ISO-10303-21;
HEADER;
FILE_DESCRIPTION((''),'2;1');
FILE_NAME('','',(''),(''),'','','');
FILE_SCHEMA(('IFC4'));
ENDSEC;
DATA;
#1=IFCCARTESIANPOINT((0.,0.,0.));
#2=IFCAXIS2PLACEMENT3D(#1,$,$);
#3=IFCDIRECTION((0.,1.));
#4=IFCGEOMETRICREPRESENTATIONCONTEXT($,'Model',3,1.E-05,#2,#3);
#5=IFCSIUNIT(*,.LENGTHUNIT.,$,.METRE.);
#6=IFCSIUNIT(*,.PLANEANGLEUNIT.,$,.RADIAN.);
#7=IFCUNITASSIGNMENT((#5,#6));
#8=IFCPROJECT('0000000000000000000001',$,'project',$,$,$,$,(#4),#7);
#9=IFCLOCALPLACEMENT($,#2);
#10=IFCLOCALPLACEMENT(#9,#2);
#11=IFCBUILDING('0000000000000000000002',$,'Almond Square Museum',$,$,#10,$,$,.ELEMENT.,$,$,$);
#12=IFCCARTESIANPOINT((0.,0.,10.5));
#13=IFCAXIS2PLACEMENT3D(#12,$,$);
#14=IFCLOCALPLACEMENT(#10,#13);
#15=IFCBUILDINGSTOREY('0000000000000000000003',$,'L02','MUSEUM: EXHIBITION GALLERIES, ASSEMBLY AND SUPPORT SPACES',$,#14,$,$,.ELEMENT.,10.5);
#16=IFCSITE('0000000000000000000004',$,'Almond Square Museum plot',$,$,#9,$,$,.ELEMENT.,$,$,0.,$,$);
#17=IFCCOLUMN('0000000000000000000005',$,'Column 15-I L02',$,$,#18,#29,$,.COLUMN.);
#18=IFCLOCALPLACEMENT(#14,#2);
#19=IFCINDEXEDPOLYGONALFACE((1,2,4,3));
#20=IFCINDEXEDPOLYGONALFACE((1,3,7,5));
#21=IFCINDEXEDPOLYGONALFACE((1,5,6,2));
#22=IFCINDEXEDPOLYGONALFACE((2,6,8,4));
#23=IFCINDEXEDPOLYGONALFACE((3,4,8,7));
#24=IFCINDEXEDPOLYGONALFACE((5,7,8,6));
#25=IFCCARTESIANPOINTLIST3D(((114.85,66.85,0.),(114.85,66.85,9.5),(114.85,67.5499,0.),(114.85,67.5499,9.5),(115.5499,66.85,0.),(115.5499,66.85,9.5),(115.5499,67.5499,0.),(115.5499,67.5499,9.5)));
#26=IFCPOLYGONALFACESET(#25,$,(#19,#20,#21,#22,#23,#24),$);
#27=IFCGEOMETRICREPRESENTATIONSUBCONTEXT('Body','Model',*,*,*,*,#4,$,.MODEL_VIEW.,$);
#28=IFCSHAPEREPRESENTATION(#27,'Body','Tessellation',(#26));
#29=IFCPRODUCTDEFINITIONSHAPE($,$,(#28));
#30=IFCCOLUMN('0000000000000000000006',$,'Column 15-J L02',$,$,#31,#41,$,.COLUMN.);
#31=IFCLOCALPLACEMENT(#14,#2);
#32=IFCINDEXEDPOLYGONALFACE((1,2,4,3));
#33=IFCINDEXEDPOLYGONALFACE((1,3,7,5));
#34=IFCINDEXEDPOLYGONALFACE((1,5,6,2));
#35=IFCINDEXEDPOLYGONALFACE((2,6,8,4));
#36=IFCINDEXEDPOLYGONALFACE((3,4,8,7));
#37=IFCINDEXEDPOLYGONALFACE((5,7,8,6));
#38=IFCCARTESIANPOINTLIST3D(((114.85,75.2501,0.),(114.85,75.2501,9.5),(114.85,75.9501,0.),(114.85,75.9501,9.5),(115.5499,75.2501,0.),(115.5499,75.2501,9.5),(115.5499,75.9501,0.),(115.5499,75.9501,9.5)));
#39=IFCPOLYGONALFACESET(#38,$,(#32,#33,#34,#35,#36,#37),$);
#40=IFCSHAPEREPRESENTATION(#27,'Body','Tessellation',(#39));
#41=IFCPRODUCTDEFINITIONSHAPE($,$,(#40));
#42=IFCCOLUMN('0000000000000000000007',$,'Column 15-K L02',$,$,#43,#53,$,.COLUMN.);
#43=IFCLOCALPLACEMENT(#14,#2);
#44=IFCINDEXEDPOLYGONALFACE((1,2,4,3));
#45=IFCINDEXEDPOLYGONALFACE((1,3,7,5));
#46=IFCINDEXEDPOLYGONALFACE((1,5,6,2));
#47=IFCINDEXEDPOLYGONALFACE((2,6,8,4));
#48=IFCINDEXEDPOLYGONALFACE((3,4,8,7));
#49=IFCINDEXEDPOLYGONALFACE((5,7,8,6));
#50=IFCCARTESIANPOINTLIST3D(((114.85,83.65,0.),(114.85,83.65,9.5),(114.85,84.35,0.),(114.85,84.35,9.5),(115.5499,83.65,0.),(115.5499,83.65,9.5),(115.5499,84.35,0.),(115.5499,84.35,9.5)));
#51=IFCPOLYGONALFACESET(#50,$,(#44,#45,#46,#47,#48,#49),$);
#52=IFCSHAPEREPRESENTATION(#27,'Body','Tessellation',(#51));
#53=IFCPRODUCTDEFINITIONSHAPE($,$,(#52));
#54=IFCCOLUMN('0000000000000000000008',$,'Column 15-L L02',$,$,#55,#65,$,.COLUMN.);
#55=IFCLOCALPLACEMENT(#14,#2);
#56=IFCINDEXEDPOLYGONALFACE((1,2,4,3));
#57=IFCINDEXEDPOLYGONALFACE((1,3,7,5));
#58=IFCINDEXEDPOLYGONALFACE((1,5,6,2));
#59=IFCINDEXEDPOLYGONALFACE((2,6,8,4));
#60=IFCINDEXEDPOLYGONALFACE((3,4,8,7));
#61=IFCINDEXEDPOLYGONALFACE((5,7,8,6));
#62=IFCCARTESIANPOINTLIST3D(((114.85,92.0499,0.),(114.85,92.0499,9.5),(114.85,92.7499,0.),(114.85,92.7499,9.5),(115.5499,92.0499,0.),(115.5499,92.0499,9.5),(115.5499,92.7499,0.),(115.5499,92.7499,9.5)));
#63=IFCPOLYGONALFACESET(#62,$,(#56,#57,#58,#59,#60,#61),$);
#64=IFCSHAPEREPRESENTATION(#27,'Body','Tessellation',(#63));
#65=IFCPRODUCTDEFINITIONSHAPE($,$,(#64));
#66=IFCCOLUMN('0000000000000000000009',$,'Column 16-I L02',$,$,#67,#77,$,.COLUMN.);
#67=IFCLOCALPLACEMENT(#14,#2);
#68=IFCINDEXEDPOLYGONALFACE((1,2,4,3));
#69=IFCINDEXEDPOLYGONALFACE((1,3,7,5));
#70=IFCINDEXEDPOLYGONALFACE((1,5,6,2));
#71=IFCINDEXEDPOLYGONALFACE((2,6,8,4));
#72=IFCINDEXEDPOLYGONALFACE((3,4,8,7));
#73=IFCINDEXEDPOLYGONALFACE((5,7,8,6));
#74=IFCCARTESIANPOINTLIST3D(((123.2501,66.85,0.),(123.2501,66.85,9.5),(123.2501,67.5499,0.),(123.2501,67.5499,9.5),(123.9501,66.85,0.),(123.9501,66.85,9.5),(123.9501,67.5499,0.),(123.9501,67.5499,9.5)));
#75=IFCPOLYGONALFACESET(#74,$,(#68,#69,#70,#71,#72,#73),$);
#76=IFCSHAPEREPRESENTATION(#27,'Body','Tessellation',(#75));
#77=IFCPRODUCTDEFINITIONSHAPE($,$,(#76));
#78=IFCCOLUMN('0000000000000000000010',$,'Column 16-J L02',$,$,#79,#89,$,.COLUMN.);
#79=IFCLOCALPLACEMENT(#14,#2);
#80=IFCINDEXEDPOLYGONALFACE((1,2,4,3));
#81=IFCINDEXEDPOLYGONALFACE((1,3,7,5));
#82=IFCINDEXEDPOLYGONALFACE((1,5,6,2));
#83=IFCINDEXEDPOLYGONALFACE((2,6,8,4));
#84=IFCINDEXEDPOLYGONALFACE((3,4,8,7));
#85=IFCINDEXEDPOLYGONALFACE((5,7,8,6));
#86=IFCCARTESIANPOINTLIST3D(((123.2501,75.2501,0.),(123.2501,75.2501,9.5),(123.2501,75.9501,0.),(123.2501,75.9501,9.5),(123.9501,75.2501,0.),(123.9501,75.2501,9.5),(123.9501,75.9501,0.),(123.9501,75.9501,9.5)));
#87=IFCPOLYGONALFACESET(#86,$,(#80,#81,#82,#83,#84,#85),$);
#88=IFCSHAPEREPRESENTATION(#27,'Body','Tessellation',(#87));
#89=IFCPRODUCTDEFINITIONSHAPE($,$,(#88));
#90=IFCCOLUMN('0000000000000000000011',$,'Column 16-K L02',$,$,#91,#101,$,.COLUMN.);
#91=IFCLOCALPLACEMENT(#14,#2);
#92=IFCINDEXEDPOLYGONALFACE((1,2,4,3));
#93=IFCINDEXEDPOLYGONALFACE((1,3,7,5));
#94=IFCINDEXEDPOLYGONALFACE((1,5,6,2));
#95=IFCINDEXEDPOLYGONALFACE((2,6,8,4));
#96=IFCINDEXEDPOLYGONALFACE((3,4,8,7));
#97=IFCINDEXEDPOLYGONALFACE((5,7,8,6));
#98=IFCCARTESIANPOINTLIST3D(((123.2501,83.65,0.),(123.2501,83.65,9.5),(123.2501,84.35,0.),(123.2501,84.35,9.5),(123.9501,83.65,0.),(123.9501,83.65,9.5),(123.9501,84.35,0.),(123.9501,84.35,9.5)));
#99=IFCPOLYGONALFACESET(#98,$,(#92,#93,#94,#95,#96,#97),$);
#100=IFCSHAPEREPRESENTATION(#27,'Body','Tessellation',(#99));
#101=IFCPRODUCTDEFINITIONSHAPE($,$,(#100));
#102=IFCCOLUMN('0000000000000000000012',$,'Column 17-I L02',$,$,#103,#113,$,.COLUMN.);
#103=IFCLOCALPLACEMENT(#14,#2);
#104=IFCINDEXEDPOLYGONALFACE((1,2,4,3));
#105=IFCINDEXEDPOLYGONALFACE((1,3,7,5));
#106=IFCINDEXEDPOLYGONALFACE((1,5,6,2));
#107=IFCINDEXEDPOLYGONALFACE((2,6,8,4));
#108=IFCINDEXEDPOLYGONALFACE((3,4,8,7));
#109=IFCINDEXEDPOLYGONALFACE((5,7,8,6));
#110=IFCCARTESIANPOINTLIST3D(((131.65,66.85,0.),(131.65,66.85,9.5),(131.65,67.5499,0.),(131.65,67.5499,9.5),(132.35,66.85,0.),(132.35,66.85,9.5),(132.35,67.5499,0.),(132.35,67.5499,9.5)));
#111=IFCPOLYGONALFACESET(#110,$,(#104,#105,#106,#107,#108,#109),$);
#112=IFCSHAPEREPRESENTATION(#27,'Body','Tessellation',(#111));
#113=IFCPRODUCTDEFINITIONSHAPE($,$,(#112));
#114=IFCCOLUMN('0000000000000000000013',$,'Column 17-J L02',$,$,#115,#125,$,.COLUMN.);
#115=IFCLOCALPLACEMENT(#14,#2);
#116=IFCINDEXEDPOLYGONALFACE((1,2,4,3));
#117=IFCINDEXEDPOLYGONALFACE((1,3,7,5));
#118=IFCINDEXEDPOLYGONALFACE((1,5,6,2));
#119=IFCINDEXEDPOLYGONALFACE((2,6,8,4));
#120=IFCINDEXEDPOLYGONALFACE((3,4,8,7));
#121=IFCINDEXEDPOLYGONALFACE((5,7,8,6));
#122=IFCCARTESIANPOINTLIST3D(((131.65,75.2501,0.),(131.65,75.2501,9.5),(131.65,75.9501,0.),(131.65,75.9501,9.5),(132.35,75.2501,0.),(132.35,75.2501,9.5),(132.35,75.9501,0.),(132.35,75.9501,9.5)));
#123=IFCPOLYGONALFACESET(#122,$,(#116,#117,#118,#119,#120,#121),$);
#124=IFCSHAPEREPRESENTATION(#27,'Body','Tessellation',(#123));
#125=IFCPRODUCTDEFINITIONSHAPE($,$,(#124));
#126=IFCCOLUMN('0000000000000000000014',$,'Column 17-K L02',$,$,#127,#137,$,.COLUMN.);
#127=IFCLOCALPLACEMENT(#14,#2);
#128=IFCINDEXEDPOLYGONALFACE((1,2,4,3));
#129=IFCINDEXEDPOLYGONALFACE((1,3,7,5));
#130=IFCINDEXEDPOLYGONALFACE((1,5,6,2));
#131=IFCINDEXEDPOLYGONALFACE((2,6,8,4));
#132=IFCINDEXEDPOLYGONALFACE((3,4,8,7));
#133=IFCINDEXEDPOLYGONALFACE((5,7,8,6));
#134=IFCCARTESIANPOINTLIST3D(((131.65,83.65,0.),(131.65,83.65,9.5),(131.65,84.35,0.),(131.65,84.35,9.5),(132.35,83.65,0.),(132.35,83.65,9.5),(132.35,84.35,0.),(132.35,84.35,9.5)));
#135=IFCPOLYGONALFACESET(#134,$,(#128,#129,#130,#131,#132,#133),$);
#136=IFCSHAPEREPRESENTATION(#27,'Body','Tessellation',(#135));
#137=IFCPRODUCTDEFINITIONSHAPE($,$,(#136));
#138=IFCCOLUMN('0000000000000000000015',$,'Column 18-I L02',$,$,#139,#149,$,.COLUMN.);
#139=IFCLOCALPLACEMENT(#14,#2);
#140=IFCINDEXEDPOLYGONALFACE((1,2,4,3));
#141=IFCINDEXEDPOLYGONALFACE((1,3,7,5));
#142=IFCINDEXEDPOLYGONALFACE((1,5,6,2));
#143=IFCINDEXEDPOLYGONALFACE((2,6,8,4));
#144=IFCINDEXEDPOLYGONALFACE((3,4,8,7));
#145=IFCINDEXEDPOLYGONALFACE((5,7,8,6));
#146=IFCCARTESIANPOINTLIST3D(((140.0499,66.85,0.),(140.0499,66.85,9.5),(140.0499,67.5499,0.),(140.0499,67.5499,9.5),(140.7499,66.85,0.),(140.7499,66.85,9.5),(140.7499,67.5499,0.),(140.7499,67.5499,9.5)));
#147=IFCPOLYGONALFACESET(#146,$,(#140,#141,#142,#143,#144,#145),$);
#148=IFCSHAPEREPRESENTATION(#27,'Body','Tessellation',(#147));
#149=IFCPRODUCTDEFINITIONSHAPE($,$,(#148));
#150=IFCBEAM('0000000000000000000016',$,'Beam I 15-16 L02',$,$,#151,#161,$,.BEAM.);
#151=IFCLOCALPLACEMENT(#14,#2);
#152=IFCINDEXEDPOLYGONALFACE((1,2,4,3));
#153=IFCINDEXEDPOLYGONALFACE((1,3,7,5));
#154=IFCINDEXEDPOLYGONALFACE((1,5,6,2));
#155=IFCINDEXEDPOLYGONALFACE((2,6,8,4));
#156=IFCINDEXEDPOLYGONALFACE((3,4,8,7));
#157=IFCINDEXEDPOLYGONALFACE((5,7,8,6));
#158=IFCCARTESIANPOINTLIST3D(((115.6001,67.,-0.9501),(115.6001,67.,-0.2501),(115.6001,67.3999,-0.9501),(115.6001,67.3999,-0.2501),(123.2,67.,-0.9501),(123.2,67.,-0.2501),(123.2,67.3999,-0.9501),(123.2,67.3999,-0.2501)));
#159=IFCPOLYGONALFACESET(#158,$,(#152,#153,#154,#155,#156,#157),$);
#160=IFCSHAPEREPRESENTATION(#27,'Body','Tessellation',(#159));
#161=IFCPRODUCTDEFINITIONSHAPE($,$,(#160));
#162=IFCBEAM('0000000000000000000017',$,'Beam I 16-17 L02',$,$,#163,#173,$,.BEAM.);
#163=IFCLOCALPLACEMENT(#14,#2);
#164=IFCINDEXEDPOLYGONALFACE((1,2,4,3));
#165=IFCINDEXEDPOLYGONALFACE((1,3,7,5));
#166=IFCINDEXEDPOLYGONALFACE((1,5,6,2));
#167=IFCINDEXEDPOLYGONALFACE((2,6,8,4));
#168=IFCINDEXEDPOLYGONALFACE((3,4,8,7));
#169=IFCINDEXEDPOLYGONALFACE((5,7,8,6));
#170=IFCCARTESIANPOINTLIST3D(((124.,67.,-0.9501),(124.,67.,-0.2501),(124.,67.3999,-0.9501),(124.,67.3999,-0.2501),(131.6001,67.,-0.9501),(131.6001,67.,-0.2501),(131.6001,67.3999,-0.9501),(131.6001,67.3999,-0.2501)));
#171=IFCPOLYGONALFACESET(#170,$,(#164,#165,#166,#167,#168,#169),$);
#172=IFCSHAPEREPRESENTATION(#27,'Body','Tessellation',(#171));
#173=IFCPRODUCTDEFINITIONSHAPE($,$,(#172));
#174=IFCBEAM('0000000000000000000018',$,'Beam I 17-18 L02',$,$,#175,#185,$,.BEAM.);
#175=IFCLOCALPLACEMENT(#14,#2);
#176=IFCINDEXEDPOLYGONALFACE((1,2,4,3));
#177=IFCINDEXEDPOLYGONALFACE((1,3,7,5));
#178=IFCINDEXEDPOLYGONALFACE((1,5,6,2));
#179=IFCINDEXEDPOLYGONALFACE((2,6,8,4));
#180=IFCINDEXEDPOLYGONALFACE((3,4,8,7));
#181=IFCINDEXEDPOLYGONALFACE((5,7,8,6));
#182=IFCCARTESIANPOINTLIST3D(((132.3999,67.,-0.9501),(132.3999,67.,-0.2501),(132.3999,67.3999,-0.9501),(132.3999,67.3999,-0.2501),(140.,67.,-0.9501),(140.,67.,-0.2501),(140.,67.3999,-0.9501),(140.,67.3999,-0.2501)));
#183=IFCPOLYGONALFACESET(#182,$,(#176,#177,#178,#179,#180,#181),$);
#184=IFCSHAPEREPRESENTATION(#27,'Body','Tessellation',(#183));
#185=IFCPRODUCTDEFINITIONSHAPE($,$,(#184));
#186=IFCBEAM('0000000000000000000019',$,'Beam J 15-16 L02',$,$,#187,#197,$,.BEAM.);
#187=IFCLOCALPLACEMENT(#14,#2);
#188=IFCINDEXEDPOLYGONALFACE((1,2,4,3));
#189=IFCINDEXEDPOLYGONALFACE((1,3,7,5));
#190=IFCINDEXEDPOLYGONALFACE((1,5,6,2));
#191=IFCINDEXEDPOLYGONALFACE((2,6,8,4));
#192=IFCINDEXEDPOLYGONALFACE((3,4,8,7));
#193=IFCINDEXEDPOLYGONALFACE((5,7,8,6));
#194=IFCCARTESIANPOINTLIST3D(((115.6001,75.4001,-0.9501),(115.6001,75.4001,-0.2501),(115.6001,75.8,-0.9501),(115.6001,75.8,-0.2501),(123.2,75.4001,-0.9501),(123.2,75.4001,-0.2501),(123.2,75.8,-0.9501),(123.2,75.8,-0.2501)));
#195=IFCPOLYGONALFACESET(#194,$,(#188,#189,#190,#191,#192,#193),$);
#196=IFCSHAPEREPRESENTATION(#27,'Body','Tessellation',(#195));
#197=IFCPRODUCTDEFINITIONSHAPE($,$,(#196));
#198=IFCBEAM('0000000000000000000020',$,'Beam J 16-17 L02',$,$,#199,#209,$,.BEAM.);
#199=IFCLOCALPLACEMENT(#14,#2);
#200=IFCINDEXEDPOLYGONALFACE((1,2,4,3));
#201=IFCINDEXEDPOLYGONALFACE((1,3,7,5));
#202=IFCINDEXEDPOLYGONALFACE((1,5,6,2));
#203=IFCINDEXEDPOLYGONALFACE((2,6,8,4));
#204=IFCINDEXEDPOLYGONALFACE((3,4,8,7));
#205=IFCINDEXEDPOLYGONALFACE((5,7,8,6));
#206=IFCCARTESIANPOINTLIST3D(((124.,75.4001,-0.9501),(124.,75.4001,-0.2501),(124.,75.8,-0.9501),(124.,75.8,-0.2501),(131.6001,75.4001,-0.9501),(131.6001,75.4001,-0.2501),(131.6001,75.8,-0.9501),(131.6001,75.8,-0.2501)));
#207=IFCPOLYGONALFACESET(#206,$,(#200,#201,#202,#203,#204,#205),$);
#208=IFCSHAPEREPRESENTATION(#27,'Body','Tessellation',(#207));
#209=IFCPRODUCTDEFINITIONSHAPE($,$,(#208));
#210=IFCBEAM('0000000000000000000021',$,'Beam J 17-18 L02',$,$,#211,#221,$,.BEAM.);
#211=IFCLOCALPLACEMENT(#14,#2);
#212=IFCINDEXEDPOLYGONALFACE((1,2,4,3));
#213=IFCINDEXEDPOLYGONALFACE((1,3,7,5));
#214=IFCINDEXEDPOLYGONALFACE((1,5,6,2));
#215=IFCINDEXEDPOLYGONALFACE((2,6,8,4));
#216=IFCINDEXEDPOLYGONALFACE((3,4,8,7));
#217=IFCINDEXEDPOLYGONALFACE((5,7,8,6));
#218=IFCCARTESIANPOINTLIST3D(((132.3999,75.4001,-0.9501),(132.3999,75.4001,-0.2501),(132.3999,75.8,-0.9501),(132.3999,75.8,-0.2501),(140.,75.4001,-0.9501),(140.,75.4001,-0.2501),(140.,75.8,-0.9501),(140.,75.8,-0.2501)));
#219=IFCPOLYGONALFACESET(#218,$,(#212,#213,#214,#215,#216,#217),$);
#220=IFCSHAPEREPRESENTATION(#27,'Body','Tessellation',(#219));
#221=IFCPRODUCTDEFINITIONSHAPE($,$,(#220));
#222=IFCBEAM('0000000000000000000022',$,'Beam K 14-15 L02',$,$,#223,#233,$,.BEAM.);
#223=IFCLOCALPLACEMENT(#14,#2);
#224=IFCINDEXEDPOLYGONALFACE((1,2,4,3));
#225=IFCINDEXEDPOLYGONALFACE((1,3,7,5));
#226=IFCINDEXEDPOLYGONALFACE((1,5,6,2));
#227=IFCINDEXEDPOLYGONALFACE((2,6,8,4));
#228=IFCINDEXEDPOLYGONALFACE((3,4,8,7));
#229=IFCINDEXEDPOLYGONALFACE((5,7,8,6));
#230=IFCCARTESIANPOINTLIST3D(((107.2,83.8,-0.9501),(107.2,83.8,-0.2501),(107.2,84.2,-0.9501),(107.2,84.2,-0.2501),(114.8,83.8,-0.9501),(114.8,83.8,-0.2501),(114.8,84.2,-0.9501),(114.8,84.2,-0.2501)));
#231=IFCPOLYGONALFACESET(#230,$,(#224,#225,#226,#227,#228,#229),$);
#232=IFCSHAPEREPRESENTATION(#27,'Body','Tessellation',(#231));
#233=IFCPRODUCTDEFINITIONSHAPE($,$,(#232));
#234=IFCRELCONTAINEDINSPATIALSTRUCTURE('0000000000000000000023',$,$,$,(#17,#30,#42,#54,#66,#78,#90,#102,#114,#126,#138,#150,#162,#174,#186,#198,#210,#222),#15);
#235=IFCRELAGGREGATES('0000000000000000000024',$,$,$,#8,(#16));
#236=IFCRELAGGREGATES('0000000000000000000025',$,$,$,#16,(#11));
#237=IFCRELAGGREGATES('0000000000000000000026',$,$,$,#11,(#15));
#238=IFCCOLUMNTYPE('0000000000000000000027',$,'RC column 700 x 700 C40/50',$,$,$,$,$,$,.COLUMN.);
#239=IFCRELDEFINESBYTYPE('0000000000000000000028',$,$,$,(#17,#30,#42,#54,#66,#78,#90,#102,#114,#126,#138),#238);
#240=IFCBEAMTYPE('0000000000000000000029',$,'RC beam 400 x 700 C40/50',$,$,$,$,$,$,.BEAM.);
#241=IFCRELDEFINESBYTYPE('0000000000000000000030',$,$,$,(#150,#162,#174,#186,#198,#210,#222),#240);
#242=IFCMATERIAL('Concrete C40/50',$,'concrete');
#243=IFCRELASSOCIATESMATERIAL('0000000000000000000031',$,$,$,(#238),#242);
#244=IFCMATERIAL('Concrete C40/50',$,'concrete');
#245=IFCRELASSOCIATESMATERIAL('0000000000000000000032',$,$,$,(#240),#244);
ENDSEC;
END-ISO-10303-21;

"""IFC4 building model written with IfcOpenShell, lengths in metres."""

from ifc_helpers import new_model, si_unit, direction, frame, origin, origin_2d, place, context, subcontext, project, spatial, rectangle, extrude, material, material_profile, profile_set, type_object, element, save


model = new_model("IFC4")

# Units and contexts
model_context = context("Model", 3, precision=1e-05, world=origin(), true_north=direction((0.0, 1.0)))
body_context = subcontext(model_context, "Body", "Model", "MODEL_VIEW")
ifc_project = project(units=[si_unit("LENGTHUNIT", "METRE"), si_unit("PLANEANGLEUNIT", "RADIAN")], contexts=[model_context])

# Site, building, storey
site_placement = place(None, origin())
site = spatial("IfcSite", under=ifc_project, at=site_placement, Name="Almond Square Museum plot", CompositionType="ELEMENT", RefElevation=0.0)
building_placement = place(site_placement, origin())
building = spatial("IfcBuilding", under=site, at=building_placement, Name="Almond Square Museum", CompositionType="ELEMENT")
storey_placement = place(building_placement, frame((0.0, 0.0, 10.5)))
storey = spatial("IfcBuildingStorey", under=building, at=storey_placement, Name="L02", Description="MUSEUM: EXHIBITION GALLERIES, ASSEMBLY AND SUPPORT SPACES", CompositionType="ELEMENT", Elevation=10.5)

# Columns
ifc_material_1 = material(Name="Concrete C40/50", Category="concrete")
ifc_material_profile_1 = material_profile(ifc_material_1, rectangle(XDim=0.7, YDim=0.7, at=origin_2d()))
ifc_profile_set_1 = profile_set([ifc_material_profile_1], Name="Concrete C40/50")
column_type = type_object("IfcColumnType", Name="RC column 700 x 700 C40/50", PredefinedType="COLUMN", material=ifc_profile_set_1)
for number, where, z_axis, x_axis, name in (
    (1, (115.2, 67.2, 0.0), (0.0, 0.0, 1.0), (1.0, 0.0, 0.0), "Column 15-I L02"),
    (2, (115.2, 75.6001, 0.0), (0.0, 0.0, 1.0), (1.0, 0.0, 0.0), "Column 15-J L02"),
    (3, (115.2, 84.0, 0.0), (0.0, 0.0, 1.0), (1.0, 0.0, 0.0), "Column 15-K L02"),
    (4, (115.2, 92.3999, 0.0), (0.0, 0.0, 1.0), (1.0, 0.0, 0.0), "Column 15-L L02"),
    (5, (123.6001, 67.2, 0.0), (0.0, 0.0, 1.0), (1.0, 0.0, 0.0), "Column 16-I L02"),
    (6, (123.6001, 75.6001, 0.0), (0.0, 0.0, 1.0), (1.0, 0.0, 0.0), "Column 16-J L02"),
    (7, (123.6001, 84.0, 0.0), (0.0, 0.0, 1.0), (1.0, 0.0, 0.0), "Column 16-K L02"),
    (8, (132.0, 67.2, 0.0), (0.0, 0.0, 1.0), (1.0, 0.0, 0.0), "Column 17-I L02"),
    (9, (132.0, 75.6001, 0.0), (0.0, 0.0, 1.0), (1.0, 0.0, 0.0), "Column 17-J L02"),
    (10, (132.0, 84.0, 0.0), (0.0, 0.0, 1.0), (1.0, 0.0, 0.0), "Column 17-K L02"),
    (11, (140.3999, 67.2, 0.0), (0.0, 0.0, 1.0), (1.0, 0.0, 0.0), "Column 18-I L02"),
):
    element("IfcColumn", number, at=place(storey_placement, frame(where, z_axis=z_axis, x_axis=x_axis)), inside=storey, type_object=column_type, Name=name, PredefinedType="COLUMN", context=body_context, shape_type="SweptSolid", body=[
        extrude(rectangle(XDim=0.7, YDim=0.7, at=origin_2d()), origin(), (0.0, 0.0, 1.0), 9.5),
    ])

# Beams
ifc_material_2 = material(Name="Concrete C40/50", Category="concrete")
ifc_material_profile_2 = material_profile(ifc_material_2, rectangle(XDim=0.3999, YDim=0.7, at=origin_2d()))
ifc_profile_set_2 = profile_set([ifc_material_profile_2], Name="Concrete C40/50")
beam_type = type_object("IfcBeamType", Name="RC beam 400 x 700 C40/50", PredefinedType="BEAM", material=ifc_profile_set_2)
beam_1_placement = place(storey_placement, frame((115.6001, 67.2, -0.6001), z_axis=(1.0, 0.0, 0.0), x_axis=(0.0, 1.0, 0.0)))
element("IfcBeam", 12, at=beam_1_placement, inside=storey, type_object=beam_type, Name="Beam I 15-16 L02", PredefinedType="BEAM", context=body_context, shape_type="SweptSolid", body=[
    extrude(rectangle(XDim=0.3999, YDim=0.7, at=origin_2d()), origin(), (0.0, 0.0, 1.0), 7.5999),
])
for number, where, z_axis, x_axis, name in (
    (13, (124.0, 67.2, -0.6001), (1.0, 0.0, 0.0), (0.0, 1.0, 0.0), "Beam I 16-17 L02"),
    (14, (132.3999, 67.2, -0.6001), (1.0, 0.0, 0.0), (0.0, 1.0, 0.0), "Beam I 17-18 L02"),
):
    element("IfcBeam", number, at=place(storey_placement, frame(where, z_axis=z_axis, x_axis=x_axis)), inside=storey, type_object=beam_type, Name=name, PredefinedType="BEAM", context=body_context, shape_type="SweptSolid", body=[
        extrude(rectangle(XDim=0.3999, YDim=0.7, at=origin_2d()), origin(), (0.0, 0.0, 1.0), 7.6001),
    ])
beam_2_placement = place(storey_placement, frame((115.6001, 75.6001, -0.6001), z_axis=(1.0, 0.0, 0.0), x_axis=(0.0, 1.0, 0.0)))
element("IfcBeam", 15, at=beam_2_placement, inside=storey, type_object=beam_type, Name="Beam J 15-16 L02", PredefinedType="BEAM", context=body_context, shape_type="SweptSolid", body=[
    extrude(rectangle(XDim=0.3999, YDim=0.7, at=origin_2d()), origin(), (0.0, 0.0, 1.0), 7.5999),
])
for number, where, z_axis, x_axis, name in (
    (16, (124.0, 75.6001, -0.6001), (1.0, 0.0, 0.0), (0.0, 1.0, 0.0), "Beam J 16-17 L02"),
    (17, (132.3999, 75.6001, -0.6001), (1.0, 0.0, 0.0), (0.0, 1.0, 0.0), "Beam J 17-18 L02"),
    (18, (107.2, 84.0, -0.6001), (1.0, 0.0, 0.0), (0.0, 1.0, 0.0), "Beam K 14-15 L02"),
):
    element("IfcBeam", number, at=place(storey_placement, frame(where, z_axis=z_axis, x_axis=x_axis)), inside=storey, type_object=beam_type, Name=name, PredefinedType="BEAM", context=body_context, shape_type="SweptSolid", body=[
        extrude(rectangle(XDim=0.3999, YDim=0.7, at=origin_2d()), origin(), (0.0, 0.0, 1.0), 7.6001),
    ])

save(model, "model.ifc")
